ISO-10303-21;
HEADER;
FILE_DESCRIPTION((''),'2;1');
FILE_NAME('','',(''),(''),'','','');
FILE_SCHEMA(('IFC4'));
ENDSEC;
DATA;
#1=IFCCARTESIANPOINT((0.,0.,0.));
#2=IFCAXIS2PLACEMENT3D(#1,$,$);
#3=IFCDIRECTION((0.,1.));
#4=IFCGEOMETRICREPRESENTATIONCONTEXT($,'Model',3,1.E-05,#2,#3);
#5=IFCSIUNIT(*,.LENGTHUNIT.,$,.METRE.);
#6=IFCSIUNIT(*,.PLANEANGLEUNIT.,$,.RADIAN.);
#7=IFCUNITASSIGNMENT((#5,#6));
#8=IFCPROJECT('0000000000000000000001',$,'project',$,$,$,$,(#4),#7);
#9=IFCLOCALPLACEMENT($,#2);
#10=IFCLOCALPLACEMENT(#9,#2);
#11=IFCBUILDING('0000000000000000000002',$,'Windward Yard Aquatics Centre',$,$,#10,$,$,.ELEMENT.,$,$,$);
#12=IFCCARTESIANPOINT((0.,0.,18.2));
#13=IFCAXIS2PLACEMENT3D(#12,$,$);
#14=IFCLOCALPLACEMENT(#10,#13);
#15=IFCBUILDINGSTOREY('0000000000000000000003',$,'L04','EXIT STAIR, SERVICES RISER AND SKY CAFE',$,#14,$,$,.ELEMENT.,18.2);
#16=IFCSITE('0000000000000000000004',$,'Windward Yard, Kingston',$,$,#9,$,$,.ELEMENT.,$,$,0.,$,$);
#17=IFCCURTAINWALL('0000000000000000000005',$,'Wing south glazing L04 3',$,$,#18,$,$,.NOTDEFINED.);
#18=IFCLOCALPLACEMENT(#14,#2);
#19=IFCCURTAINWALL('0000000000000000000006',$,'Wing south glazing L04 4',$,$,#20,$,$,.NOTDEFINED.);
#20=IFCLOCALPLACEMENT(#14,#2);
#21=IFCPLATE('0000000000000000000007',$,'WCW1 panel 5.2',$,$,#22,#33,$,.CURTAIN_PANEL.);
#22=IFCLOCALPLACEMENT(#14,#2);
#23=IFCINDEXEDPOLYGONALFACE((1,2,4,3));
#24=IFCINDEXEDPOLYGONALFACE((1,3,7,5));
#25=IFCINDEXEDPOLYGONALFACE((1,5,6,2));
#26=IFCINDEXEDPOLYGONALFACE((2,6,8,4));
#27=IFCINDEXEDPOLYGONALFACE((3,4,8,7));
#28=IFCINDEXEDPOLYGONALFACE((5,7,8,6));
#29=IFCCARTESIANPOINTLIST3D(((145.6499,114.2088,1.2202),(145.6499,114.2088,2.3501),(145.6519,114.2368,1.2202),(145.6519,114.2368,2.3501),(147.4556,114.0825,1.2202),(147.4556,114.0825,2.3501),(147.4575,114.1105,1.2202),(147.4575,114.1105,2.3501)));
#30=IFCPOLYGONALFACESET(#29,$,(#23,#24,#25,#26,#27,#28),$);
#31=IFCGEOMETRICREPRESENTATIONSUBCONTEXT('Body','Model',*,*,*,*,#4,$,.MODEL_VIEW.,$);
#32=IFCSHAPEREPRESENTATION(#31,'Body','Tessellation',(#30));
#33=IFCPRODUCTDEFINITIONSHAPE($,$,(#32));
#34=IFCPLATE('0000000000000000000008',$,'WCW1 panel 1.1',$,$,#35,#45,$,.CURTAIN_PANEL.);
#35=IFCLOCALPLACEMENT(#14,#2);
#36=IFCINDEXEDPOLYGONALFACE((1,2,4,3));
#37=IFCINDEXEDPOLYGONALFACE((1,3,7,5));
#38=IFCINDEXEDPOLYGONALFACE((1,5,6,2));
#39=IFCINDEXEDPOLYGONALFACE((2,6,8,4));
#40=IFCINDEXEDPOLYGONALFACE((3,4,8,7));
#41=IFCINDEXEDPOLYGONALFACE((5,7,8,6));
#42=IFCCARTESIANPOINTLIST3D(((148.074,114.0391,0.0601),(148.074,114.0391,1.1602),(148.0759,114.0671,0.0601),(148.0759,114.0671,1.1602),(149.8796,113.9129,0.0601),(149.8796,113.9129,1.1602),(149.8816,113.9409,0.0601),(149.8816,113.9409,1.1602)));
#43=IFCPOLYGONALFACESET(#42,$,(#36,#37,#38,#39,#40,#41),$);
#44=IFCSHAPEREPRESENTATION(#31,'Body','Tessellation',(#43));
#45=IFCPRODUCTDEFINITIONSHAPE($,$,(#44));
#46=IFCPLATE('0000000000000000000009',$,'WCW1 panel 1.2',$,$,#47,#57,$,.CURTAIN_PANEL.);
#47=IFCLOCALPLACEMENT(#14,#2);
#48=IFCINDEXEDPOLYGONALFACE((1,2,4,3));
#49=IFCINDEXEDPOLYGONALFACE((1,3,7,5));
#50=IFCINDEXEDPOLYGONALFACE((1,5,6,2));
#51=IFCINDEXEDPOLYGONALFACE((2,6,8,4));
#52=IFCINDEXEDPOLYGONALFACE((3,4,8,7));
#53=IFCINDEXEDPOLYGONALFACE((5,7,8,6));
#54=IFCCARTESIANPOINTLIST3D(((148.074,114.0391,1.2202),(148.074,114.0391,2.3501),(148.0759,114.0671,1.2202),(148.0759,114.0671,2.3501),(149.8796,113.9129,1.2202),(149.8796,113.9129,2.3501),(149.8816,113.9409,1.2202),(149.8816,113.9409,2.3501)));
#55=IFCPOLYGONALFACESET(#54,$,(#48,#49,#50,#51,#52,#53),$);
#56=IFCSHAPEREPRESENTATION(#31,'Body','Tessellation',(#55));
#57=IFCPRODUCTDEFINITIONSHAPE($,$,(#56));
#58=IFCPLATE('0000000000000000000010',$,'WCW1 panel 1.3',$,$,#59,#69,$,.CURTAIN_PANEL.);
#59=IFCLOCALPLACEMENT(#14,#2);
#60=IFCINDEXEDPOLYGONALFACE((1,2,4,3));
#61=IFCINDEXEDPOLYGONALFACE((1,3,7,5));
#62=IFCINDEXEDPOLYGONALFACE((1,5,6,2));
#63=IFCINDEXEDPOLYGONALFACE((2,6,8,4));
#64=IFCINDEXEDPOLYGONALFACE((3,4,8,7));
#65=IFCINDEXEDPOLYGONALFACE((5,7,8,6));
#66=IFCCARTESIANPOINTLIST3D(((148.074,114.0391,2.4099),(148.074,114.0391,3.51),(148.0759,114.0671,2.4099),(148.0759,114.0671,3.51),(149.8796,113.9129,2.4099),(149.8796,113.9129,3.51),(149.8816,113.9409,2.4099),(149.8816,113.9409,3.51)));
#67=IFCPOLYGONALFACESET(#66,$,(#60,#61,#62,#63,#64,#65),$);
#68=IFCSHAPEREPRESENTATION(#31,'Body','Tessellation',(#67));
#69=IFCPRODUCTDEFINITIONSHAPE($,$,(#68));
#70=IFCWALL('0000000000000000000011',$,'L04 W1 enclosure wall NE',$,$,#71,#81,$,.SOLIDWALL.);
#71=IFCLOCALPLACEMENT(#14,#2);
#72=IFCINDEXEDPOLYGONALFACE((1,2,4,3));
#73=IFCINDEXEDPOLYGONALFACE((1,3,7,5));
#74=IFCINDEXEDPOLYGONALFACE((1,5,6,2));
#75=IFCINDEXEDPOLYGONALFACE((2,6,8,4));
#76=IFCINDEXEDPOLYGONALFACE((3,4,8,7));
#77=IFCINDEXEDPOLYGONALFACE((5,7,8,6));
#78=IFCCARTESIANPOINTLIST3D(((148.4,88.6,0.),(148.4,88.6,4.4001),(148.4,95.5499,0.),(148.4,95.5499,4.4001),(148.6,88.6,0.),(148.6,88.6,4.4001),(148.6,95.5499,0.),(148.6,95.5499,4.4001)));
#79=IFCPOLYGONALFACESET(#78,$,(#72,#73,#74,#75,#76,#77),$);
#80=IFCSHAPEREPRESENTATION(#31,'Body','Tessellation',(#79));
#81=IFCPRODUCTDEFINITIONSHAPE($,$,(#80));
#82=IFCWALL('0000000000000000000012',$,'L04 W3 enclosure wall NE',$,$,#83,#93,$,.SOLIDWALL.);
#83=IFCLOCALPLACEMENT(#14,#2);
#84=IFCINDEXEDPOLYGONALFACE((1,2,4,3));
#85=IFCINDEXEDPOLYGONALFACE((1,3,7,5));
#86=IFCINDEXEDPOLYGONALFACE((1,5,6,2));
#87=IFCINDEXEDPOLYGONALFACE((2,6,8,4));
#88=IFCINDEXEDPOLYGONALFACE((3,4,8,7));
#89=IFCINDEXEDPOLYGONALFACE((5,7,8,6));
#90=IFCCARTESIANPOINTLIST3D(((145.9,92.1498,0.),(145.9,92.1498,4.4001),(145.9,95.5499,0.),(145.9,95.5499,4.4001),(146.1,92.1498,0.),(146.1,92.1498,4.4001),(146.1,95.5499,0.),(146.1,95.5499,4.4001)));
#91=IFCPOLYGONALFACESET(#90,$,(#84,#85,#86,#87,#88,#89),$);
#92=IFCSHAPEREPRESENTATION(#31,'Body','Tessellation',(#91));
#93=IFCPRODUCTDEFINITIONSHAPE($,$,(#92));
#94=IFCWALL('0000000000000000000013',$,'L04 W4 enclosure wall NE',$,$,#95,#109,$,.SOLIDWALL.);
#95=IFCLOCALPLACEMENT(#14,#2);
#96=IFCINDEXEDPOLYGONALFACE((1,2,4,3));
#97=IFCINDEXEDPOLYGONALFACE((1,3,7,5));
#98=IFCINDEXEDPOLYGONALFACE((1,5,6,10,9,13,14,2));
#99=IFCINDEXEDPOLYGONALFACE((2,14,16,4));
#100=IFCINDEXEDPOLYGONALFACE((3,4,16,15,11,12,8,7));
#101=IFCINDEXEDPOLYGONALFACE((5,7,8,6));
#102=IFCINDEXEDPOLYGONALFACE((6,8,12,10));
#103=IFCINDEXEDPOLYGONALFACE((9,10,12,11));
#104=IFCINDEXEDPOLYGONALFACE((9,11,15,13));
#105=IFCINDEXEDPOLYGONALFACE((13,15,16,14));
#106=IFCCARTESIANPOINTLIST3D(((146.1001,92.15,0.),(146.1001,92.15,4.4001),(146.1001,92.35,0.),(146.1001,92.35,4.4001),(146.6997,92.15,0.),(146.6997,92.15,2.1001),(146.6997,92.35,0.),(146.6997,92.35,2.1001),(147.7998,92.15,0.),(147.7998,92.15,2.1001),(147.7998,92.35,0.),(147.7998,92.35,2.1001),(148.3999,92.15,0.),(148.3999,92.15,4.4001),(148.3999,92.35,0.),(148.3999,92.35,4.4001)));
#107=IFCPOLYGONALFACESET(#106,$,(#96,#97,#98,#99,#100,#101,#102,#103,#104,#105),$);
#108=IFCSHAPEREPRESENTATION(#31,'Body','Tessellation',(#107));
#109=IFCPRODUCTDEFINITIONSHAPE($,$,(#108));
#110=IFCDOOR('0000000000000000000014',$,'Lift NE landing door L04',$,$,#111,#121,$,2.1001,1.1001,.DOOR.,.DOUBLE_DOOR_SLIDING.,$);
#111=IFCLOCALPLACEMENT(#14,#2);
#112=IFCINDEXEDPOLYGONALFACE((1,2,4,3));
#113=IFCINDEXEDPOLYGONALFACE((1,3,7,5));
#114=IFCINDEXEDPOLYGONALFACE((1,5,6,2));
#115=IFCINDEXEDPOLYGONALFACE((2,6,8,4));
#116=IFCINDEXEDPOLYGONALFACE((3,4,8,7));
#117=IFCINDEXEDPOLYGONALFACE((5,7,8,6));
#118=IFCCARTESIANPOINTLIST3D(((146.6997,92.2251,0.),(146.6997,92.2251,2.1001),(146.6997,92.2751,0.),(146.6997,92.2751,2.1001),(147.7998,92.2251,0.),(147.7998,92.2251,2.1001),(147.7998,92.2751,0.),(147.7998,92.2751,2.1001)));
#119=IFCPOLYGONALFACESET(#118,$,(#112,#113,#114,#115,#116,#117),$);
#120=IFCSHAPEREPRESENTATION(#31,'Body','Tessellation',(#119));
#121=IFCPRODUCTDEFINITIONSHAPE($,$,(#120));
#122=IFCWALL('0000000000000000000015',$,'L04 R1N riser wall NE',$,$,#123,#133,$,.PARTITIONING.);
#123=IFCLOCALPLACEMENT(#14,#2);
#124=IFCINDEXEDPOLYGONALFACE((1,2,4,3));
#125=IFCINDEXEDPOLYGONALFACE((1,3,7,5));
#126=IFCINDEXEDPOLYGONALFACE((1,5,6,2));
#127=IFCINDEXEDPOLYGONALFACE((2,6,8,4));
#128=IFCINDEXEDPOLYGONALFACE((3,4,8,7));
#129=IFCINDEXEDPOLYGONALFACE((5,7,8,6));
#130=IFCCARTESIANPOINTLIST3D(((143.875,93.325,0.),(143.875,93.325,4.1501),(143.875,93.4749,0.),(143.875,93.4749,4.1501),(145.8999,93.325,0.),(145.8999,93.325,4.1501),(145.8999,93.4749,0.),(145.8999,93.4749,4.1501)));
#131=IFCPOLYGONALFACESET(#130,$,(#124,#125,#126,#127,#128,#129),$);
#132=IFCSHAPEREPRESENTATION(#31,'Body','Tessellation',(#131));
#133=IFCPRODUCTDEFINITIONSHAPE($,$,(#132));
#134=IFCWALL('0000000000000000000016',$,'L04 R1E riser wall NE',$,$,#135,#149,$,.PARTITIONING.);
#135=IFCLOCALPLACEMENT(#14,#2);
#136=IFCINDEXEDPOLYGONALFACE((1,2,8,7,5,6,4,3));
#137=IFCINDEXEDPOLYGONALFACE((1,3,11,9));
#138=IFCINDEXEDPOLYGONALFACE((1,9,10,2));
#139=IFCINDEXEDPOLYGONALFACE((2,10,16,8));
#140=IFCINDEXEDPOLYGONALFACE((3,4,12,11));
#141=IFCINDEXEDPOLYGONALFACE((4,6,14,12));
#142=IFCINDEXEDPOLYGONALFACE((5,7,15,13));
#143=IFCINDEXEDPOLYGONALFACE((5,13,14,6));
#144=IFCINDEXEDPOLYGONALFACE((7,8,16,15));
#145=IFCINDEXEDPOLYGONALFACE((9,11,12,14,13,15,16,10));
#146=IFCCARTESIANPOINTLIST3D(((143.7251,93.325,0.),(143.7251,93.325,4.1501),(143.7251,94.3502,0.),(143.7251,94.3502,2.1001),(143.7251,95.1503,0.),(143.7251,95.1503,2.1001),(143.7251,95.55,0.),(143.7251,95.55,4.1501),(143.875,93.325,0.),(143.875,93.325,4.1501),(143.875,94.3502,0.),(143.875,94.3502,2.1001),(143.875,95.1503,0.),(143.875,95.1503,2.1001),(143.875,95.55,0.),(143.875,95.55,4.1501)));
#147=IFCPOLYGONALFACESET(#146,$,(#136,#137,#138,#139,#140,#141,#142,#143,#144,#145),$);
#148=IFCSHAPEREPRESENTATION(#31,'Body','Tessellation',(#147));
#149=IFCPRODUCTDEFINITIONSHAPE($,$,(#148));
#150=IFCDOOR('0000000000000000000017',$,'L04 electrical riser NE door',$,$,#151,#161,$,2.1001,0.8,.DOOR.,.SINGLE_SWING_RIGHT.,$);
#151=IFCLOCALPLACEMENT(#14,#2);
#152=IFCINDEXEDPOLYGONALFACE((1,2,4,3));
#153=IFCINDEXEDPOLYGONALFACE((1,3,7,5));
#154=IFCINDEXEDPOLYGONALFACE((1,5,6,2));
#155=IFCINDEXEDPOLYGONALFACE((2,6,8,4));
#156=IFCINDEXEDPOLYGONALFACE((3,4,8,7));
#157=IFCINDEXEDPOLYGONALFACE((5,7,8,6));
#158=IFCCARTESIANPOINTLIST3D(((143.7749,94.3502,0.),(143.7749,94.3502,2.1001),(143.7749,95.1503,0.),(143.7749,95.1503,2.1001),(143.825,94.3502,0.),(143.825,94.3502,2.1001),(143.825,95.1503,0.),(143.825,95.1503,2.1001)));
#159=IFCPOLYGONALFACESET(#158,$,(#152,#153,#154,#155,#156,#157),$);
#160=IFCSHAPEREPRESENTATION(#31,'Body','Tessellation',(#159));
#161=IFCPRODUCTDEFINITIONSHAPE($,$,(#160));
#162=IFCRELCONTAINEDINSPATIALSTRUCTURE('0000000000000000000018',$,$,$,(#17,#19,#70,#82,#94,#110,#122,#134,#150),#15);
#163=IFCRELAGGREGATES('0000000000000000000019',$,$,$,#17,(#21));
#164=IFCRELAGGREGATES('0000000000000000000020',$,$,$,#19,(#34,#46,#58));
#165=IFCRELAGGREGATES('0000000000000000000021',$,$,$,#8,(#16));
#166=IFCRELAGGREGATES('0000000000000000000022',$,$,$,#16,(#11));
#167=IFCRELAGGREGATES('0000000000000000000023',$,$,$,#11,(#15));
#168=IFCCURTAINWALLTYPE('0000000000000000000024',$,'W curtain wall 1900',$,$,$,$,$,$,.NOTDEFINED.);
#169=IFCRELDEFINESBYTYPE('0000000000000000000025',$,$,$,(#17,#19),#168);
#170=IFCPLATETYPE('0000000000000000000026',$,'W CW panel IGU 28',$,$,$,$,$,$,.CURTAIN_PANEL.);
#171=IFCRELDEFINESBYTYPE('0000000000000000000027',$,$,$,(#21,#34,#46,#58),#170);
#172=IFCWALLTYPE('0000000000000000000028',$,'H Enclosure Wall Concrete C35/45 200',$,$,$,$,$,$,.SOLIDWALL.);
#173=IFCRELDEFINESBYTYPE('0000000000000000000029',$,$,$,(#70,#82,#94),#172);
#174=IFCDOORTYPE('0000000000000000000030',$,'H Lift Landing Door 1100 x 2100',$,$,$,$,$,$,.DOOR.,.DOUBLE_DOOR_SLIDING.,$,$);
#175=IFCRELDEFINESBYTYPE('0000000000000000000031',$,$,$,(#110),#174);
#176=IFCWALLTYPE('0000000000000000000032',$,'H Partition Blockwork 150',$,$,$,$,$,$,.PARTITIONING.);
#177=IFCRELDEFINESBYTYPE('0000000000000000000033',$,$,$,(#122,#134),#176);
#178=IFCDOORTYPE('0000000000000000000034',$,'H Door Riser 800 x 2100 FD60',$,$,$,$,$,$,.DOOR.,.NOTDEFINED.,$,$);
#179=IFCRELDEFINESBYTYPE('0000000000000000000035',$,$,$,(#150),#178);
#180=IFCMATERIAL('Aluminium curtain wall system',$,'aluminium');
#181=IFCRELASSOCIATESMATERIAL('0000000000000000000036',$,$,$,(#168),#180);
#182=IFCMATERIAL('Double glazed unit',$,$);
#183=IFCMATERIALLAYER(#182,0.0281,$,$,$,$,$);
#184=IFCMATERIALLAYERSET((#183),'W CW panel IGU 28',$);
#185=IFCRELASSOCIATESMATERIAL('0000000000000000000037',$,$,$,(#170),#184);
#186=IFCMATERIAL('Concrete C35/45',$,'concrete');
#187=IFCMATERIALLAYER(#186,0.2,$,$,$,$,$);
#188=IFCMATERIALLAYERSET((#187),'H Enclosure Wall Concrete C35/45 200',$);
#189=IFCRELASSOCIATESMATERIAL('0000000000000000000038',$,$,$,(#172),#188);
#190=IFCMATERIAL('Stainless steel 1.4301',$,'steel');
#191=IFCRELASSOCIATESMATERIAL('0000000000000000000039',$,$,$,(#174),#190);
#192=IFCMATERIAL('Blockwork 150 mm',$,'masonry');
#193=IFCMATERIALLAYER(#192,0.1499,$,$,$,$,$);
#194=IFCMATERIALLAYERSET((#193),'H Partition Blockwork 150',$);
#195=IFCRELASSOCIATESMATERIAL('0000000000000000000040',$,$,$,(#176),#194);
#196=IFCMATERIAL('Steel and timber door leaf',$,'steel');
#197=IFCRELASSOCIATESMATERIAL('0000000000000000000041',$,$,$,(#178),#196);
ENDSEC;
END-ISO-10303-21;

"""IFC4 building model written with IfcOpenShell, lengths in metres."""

from ifc_helpers import new_model, si_unit, direction, frame, frame_2d, origin, origin_2d, place, context, subcontext, project, spatial, rectangle, extrude, material, layer, layer_set, type_object, element, fill, aggregate, save


model = new_model("IFC4")

# Units and contexts
model_context = context("Model", 3, precision=1e-05, world=origin(), true_north=direction((0.0, 1.0)))
body_context = subcontext(model_context, "Body", "Model", "MODEL_VIEW")
ifc_project = project(units=[si_unit("LENGTHUNIT", "METRE"), si_unit("PLANEANGLEUNIT", "RADIAN")], contexts=[model_context])

# Site, building, storey
site_placement = place(None, origin())
site = spatial("IfcSite", under=ifc_project, at=site_placement, Name="Windward Yard, Kingston", CompositionType="ELEMENT", RefElevation=0.0)
building_placement = place(site_placement, origin())
building = spatial("IfcBuilding", under=site, at=building_placement, Name="Windward Yard Aquatics Centre", CompositionType="ELEMENT")
storey_placement = place(building_placement, frame((0.0, 0.0, 18.2)))
storey = spatial("IfcBuildingStorey", under=building, at=storey_placement, Name="L04", Description="EXIT STAIR, SERVICES RISER AND SKY CAFE", CompositionType="ELEMENT", Elevation=18.2)

# Curtain wall
ifc_material_1 = material(Name="Aluminium curtain wall system", Category="aluminium")
curtain_wall_type = type_object("IfcCurtainWallType", Name="W curtain wall 1900", PredefinedType="NOTDEFINED", material=ifc_material_1)
curtain_wall_1_placement = place(storey_placement, origin())
curtain_wall_1 = element("IfcCurtainWall", 1, at=curtain_wall_1_placement, inside=storey, type_object=curtain_wall_type, Name="Wing south glazing L04 3", PredefinedType="NOTDEFINED")

# Curtain wall
curtain_wall_2_placement = place(storey_placement, origin())
curtain_wall_2 = element("IfcCurtainWall", 2, at=curtain_wall_2_placement, inside=storey, type_object=curtain_wall_type, Name="Wing south glazing L04 4", PredefinedType="NOTDEFINED")

# Plates
ifc_material_2 = material(Name="Double glazed unit")
ifc_layer_1 = layer(ifc_material_2, 0.0281)
ifc_layer_set_1 = layer_set([ifc_layer_1], Name="W CW panel IGU 28")
plate_type = type_object("IfcPlateType", Name="W CW panel IGU 28", PredefinedType="CURTAIN_PANEL", material=ifc_layer_set_1)
plate_1_placement = place(storey_placement, frame((146.5537, 114.1597, 1.2202), z_axis=(0.0, 0.0, 1.0), x_axis=(0.997564, -0.069758, 0.0)))
plate_1 = element("IfcPlate", 3, at=plate_1_placement, type_object=plate_type, Name="WCW1 panel 5.2", PredefinedType="CURTAIN_PANEL", context=body_context, shape_type="SweptSolid", body=[
    extrude(rectangle(XDim=1.8101, YDim=0.0281, at=origin_2d()), origin(), (0.0, 0.0, 1.0), 1.1299),
])
aggregate(curtain_wall_1, [plate_1])
plate_2_placement = place(storey_placement, frame((148.9778, 113.99, 0.0601), z_axis=(0.0, 0.0, 1.0), x_axis=(0.997564, -0.069758, 0.0)))
plate_2 = element("IfcPlate", 4, at=plate_2_placement, type_object=plate_type, Name="WCW1 panel 1.1", PredefinedType="CURTAIN_PANEL", context=body_context, shape_type="SweptSolid", body=[
    extrude(rectangle(XDim=1.8101, YDim=0.0281, at=origin_2d()), origin(), (0.0, 0.0, 1.0), 1.1001),
])
plate_3_placement = place(storey_placement, frame((148.9778, 113.99, 1.2202), z_axis=(0.0, 0.0, 1.0), x_axis=(0.997564, -0.069758, 0.0)))
plate_3 = element("IfcPlate", 5, at=plate_3_placement, type_object=plate_type, Name="WCW1 panel 1.2", PredefinedType="CURTAIN_PANEL", context=body_context, shape_type="SweptSolid", body=[
    extrude(rectangle(XDim=1.8101, YDim=0.0281, at=origin_2d()), origin(), (0.0, 0.0, 1.0), 1.1299),
])
plate_4_placement = place(storey_placement, frame((148.9778, 113.99, 2.4099), z_axis=(0.0, 0.0, 1.0), x_axis=(0.997564, -0.069758, 0.0)))
plate_4 = element("IfcPlate", 6, at=plate_4_placement, type_object=plate_type, Name="WCW1 panel 1.3", PredefinedType="CURTAIN_PANEL", context=body_context, shape_type="SweptSolid", body=[
    extrude(rectangle(XDim=1.8101, YDim=0.0281, at=origin_2d()), origin(), (0.0, 0.0, 1.0), 1.1001),
])
aggregate(curtain_wall_2, [plate_2, plate_3, plate_4])

# Walls
ifc_material_3 = material(Name="Concrete C35/45", Category="concrete")
ifc_layer_2 = layer(ifc_material_3, 0.2)
ifc_layer_set_2 = layer_set([ifc_layer_2], Name="H Enclosure Wall Concrete C35/45 200")
wall_type_1 = type_object("IfcWallType", Name="H Enclosure Wall Concrete C35/45 200", PredefinedType="SOLIDWALL", material=ifc_layer_set_2)
wall_1_placement = place(storey_placement, frame((148.5, 95.55, 0.0), z_axis=(0.0, 0.0, 1.0), x_axis=(0.0, -1.0, 0.0)))
element("IfcWall", 7, at=wall_1_placement, inside=storey, type_object=wall_type_1, Name="L04 W1 enclosure wall NE", PredefinedType="SOLIDWALL", context=body_context, shape_type="SweptSolid", body=[
    extrude(rectangle(XDim=6.95, YDim=0.2, at=frame_2d((3.4751, 0.0))), origin(), (0.0, 0.0, 1.0), 4.4001),
])
wall_2_placement = place(storey_placement, frame((146.0, 95.55, 0.0), z_axis=(0.0, 0.0, 1.0), x_axis=(0.0, -1.0, 0.0)))
element("IfcWall", 8, at=wall_2_placement, inside=storey, type_object=wall_type_1, Name="L04 W3 enclosure wall NE", PredefinedType="SOLIDWALL", context=body_context, shape_type="SweptSolid", body=[
    extrude(rectangle(XDim=3.4001, YDim=0.2, at=frame_2d((1.7002, 0.0))), origin(), (0.0, 0.0, 1.0), 4.4001),
])

# Wall, opening, door
wall_3_placement = place(storey_placement, frame((148.3999, 92.25, 0.0), z_axis=(0.0, 0.0, 1.0), x_axis=(-1.0, 0.0, 0.0)))
wall_3 = element("IfcWall", 9, at=wall_3_placement, inside=storey, type_object=wall_type_1, Name="L04 W4 enclosure wall NE", PredefinedType="SOLIDWALL", context=body_context, shape_type="SweptSolid", body=[
    extrude(rectangle(XDim=2.2998, YDim=0.2, at=frame_2d((1.1499, 0.0))), origin(), (0.0, 0.0, 1.0), 4.4001),
])
opening_1_placement = place(wall_3_placement, frame((0.6001, 0.0, 0.0)))
opening_1 = element("IfcOpeningElement", 10, at=opening_1_placement, cuts=wall_3, PredefinedType="OPENING", context=body_context, shape_type="SweptSolid", body=[
    extrude(rectangle(XDim=1.1001, YDim=2.1001, at=frame_2d((0.55, 1.05))), frame((0.0, 0.1099, 0.0), z_axis=(0.0, -1.0, 0.0), x_axis=(1.0, 0.0, 0.0)), (0.0, 0.0, 1.0), 0.22),
])
ifc_material_4 = material(Name="Stainless steel 1.4301", Category="steel")
door_type_1 = type_object("IfcDoorType", Name="H Lift Landing Door 1100 x 2100", OperationType="DOUBLE_DOOR_SLIDING", PredefinedType="DOOR", material=ifc_material_4)
door_1_placement = place(opening_1_placement, origin())
door_1 = element("IfcDoor", 11, at=door_1_placement, inside=storey, type_object=door_type_1, Name="Lift NE landing door L04", OperationType="DOUBLE_DOOR_SLIDING", OverallHeight=2.1001, OverallWidth=1.1001, PredefinedType="DOOR", context=body_context, shape_type="SweptSolid", body=[
    extrude(rectangle(XDim=1.1001, YDim=2.1001, at=frame_2d((0.55, 1.05))), frame((0.0, 0.0249, 0.0), z_axis=(0.0, -1.0, 0.0), x_axis=(1.0, 0.0, 0.0)), (0.0, 0.0, 1.0), 0.05),
])
fill(opening_1, door_1)

# Wall
ifc_material_5 = material(Name="Blockwork 150 mm", Category="masonry")
ifc_layer_3 = layer(ifc_material_5, 0.1499)
ifc_layer_set_3 = layer_set([ifc_layer_3], Name="H Partition Blockwork 150")
wall_type_2 = type_object("IfcWallType", Name="H Partition Blockwork 150", PredefinedType="PARTITIONING", material=ifc_layer_set_3)
wall_4_placement = place(storey_placement, frame((145.8999, 93.3999, 0.0), z_axis=(0.0, 0.0, 1.0), x_axis=(-1.0, 0.0, 0.0)))
element("IfcWall", 12, at=wall_4_placement, inside=storey, type_object=wall_type_2, Name="L04 R1N riser wall NE", PredefinedType="PARTITIONING", context=body_context, shape_type="SweptSolid", body=[
    extrude(rectangle(XDim=2.0249, YDim=0.1499, at=frame_2d((1.0125, 0.0))), origin(), (0.0, 0.0, 1.0), 4.1501),
])

# Wall, opening, door
wall_5_placement = place(storey_placement, frame((143.8, 95.55, 0.0), z_axis=(0.0, 0.0, 1.0), x_axis=(0.0, -1.0, 0.0)))
wall_5 = element("IfcWall", 13, at=wall_5_placement, inside=storey, type_object=wall_type_2, Name="L04 R1E riser wall NE", PredefinedType="PARTITIONING", context=body_context, shape_type="SweptSolid", body=[
    extrude(rectangle(XDim=2.2251, YDim=0.1499, at=frame_2d((1.1125, 0.0))), origin(), (0.0, 0.0, 1.0), 4.1501),
])
opening_2_placement = place(wall_5_placement, frame((0.3999, 0.0, 0.0)))
opening_2 = element("IfcOpeningElement", 14, at=opening_2_placement, cuts=wall_5, PredefinedType="OPENING", context=body_context, shape_type="SweptSolid", body=[
    extrude(rectangle(XDim=0.8, YDim=2.1001, at=frame_2d((0.3999, 1.05))), frame((0.0, 0.085, 0.0), z_axis=(0.0, -1.0, 0.0), x_axis=(1.0, 0.0, 0.0)), (0.0, 0.0, 1.0), 0.1699),
])
ifc_material_6 = material(Name="Steel and timber door leaf", Category="steel")
door_type_2 = type_object("IfcDoorType", Name="H Door Riser 800 x 2100 FD60", OperationType="NOTDEFINED", PredefinedType="DOOR", material=ifc_material_6)
door_2_placement = place(opening_2_placement, origin())
door_2 = element("IfcDoor", 15, at=door_2_placement, inside=storey, type_object=door_type_2, Name="L04 electrical riser NE door", OperationType="SINGLE_SWING_RIGHT", OverallHeight=2.1001, OverallWidth=0.8, PredefinedType="DOOR", context=body_context, shape_type="SweptSolid", body=[
    extrude(rectangle(XDim=0.8, YDim=2.1001, at=frame_2d((0.3999, 1.05))), frame((0.0, 0.0249, 0.0), z_axis=(0.0, -1.0, 0.0), x_axis=(1.0, 0.0, 0.0)), (0.0, 0.0, 1.0), 0.05),
])
fill(opening_2, door_2)

save(model, "model.ifc")
